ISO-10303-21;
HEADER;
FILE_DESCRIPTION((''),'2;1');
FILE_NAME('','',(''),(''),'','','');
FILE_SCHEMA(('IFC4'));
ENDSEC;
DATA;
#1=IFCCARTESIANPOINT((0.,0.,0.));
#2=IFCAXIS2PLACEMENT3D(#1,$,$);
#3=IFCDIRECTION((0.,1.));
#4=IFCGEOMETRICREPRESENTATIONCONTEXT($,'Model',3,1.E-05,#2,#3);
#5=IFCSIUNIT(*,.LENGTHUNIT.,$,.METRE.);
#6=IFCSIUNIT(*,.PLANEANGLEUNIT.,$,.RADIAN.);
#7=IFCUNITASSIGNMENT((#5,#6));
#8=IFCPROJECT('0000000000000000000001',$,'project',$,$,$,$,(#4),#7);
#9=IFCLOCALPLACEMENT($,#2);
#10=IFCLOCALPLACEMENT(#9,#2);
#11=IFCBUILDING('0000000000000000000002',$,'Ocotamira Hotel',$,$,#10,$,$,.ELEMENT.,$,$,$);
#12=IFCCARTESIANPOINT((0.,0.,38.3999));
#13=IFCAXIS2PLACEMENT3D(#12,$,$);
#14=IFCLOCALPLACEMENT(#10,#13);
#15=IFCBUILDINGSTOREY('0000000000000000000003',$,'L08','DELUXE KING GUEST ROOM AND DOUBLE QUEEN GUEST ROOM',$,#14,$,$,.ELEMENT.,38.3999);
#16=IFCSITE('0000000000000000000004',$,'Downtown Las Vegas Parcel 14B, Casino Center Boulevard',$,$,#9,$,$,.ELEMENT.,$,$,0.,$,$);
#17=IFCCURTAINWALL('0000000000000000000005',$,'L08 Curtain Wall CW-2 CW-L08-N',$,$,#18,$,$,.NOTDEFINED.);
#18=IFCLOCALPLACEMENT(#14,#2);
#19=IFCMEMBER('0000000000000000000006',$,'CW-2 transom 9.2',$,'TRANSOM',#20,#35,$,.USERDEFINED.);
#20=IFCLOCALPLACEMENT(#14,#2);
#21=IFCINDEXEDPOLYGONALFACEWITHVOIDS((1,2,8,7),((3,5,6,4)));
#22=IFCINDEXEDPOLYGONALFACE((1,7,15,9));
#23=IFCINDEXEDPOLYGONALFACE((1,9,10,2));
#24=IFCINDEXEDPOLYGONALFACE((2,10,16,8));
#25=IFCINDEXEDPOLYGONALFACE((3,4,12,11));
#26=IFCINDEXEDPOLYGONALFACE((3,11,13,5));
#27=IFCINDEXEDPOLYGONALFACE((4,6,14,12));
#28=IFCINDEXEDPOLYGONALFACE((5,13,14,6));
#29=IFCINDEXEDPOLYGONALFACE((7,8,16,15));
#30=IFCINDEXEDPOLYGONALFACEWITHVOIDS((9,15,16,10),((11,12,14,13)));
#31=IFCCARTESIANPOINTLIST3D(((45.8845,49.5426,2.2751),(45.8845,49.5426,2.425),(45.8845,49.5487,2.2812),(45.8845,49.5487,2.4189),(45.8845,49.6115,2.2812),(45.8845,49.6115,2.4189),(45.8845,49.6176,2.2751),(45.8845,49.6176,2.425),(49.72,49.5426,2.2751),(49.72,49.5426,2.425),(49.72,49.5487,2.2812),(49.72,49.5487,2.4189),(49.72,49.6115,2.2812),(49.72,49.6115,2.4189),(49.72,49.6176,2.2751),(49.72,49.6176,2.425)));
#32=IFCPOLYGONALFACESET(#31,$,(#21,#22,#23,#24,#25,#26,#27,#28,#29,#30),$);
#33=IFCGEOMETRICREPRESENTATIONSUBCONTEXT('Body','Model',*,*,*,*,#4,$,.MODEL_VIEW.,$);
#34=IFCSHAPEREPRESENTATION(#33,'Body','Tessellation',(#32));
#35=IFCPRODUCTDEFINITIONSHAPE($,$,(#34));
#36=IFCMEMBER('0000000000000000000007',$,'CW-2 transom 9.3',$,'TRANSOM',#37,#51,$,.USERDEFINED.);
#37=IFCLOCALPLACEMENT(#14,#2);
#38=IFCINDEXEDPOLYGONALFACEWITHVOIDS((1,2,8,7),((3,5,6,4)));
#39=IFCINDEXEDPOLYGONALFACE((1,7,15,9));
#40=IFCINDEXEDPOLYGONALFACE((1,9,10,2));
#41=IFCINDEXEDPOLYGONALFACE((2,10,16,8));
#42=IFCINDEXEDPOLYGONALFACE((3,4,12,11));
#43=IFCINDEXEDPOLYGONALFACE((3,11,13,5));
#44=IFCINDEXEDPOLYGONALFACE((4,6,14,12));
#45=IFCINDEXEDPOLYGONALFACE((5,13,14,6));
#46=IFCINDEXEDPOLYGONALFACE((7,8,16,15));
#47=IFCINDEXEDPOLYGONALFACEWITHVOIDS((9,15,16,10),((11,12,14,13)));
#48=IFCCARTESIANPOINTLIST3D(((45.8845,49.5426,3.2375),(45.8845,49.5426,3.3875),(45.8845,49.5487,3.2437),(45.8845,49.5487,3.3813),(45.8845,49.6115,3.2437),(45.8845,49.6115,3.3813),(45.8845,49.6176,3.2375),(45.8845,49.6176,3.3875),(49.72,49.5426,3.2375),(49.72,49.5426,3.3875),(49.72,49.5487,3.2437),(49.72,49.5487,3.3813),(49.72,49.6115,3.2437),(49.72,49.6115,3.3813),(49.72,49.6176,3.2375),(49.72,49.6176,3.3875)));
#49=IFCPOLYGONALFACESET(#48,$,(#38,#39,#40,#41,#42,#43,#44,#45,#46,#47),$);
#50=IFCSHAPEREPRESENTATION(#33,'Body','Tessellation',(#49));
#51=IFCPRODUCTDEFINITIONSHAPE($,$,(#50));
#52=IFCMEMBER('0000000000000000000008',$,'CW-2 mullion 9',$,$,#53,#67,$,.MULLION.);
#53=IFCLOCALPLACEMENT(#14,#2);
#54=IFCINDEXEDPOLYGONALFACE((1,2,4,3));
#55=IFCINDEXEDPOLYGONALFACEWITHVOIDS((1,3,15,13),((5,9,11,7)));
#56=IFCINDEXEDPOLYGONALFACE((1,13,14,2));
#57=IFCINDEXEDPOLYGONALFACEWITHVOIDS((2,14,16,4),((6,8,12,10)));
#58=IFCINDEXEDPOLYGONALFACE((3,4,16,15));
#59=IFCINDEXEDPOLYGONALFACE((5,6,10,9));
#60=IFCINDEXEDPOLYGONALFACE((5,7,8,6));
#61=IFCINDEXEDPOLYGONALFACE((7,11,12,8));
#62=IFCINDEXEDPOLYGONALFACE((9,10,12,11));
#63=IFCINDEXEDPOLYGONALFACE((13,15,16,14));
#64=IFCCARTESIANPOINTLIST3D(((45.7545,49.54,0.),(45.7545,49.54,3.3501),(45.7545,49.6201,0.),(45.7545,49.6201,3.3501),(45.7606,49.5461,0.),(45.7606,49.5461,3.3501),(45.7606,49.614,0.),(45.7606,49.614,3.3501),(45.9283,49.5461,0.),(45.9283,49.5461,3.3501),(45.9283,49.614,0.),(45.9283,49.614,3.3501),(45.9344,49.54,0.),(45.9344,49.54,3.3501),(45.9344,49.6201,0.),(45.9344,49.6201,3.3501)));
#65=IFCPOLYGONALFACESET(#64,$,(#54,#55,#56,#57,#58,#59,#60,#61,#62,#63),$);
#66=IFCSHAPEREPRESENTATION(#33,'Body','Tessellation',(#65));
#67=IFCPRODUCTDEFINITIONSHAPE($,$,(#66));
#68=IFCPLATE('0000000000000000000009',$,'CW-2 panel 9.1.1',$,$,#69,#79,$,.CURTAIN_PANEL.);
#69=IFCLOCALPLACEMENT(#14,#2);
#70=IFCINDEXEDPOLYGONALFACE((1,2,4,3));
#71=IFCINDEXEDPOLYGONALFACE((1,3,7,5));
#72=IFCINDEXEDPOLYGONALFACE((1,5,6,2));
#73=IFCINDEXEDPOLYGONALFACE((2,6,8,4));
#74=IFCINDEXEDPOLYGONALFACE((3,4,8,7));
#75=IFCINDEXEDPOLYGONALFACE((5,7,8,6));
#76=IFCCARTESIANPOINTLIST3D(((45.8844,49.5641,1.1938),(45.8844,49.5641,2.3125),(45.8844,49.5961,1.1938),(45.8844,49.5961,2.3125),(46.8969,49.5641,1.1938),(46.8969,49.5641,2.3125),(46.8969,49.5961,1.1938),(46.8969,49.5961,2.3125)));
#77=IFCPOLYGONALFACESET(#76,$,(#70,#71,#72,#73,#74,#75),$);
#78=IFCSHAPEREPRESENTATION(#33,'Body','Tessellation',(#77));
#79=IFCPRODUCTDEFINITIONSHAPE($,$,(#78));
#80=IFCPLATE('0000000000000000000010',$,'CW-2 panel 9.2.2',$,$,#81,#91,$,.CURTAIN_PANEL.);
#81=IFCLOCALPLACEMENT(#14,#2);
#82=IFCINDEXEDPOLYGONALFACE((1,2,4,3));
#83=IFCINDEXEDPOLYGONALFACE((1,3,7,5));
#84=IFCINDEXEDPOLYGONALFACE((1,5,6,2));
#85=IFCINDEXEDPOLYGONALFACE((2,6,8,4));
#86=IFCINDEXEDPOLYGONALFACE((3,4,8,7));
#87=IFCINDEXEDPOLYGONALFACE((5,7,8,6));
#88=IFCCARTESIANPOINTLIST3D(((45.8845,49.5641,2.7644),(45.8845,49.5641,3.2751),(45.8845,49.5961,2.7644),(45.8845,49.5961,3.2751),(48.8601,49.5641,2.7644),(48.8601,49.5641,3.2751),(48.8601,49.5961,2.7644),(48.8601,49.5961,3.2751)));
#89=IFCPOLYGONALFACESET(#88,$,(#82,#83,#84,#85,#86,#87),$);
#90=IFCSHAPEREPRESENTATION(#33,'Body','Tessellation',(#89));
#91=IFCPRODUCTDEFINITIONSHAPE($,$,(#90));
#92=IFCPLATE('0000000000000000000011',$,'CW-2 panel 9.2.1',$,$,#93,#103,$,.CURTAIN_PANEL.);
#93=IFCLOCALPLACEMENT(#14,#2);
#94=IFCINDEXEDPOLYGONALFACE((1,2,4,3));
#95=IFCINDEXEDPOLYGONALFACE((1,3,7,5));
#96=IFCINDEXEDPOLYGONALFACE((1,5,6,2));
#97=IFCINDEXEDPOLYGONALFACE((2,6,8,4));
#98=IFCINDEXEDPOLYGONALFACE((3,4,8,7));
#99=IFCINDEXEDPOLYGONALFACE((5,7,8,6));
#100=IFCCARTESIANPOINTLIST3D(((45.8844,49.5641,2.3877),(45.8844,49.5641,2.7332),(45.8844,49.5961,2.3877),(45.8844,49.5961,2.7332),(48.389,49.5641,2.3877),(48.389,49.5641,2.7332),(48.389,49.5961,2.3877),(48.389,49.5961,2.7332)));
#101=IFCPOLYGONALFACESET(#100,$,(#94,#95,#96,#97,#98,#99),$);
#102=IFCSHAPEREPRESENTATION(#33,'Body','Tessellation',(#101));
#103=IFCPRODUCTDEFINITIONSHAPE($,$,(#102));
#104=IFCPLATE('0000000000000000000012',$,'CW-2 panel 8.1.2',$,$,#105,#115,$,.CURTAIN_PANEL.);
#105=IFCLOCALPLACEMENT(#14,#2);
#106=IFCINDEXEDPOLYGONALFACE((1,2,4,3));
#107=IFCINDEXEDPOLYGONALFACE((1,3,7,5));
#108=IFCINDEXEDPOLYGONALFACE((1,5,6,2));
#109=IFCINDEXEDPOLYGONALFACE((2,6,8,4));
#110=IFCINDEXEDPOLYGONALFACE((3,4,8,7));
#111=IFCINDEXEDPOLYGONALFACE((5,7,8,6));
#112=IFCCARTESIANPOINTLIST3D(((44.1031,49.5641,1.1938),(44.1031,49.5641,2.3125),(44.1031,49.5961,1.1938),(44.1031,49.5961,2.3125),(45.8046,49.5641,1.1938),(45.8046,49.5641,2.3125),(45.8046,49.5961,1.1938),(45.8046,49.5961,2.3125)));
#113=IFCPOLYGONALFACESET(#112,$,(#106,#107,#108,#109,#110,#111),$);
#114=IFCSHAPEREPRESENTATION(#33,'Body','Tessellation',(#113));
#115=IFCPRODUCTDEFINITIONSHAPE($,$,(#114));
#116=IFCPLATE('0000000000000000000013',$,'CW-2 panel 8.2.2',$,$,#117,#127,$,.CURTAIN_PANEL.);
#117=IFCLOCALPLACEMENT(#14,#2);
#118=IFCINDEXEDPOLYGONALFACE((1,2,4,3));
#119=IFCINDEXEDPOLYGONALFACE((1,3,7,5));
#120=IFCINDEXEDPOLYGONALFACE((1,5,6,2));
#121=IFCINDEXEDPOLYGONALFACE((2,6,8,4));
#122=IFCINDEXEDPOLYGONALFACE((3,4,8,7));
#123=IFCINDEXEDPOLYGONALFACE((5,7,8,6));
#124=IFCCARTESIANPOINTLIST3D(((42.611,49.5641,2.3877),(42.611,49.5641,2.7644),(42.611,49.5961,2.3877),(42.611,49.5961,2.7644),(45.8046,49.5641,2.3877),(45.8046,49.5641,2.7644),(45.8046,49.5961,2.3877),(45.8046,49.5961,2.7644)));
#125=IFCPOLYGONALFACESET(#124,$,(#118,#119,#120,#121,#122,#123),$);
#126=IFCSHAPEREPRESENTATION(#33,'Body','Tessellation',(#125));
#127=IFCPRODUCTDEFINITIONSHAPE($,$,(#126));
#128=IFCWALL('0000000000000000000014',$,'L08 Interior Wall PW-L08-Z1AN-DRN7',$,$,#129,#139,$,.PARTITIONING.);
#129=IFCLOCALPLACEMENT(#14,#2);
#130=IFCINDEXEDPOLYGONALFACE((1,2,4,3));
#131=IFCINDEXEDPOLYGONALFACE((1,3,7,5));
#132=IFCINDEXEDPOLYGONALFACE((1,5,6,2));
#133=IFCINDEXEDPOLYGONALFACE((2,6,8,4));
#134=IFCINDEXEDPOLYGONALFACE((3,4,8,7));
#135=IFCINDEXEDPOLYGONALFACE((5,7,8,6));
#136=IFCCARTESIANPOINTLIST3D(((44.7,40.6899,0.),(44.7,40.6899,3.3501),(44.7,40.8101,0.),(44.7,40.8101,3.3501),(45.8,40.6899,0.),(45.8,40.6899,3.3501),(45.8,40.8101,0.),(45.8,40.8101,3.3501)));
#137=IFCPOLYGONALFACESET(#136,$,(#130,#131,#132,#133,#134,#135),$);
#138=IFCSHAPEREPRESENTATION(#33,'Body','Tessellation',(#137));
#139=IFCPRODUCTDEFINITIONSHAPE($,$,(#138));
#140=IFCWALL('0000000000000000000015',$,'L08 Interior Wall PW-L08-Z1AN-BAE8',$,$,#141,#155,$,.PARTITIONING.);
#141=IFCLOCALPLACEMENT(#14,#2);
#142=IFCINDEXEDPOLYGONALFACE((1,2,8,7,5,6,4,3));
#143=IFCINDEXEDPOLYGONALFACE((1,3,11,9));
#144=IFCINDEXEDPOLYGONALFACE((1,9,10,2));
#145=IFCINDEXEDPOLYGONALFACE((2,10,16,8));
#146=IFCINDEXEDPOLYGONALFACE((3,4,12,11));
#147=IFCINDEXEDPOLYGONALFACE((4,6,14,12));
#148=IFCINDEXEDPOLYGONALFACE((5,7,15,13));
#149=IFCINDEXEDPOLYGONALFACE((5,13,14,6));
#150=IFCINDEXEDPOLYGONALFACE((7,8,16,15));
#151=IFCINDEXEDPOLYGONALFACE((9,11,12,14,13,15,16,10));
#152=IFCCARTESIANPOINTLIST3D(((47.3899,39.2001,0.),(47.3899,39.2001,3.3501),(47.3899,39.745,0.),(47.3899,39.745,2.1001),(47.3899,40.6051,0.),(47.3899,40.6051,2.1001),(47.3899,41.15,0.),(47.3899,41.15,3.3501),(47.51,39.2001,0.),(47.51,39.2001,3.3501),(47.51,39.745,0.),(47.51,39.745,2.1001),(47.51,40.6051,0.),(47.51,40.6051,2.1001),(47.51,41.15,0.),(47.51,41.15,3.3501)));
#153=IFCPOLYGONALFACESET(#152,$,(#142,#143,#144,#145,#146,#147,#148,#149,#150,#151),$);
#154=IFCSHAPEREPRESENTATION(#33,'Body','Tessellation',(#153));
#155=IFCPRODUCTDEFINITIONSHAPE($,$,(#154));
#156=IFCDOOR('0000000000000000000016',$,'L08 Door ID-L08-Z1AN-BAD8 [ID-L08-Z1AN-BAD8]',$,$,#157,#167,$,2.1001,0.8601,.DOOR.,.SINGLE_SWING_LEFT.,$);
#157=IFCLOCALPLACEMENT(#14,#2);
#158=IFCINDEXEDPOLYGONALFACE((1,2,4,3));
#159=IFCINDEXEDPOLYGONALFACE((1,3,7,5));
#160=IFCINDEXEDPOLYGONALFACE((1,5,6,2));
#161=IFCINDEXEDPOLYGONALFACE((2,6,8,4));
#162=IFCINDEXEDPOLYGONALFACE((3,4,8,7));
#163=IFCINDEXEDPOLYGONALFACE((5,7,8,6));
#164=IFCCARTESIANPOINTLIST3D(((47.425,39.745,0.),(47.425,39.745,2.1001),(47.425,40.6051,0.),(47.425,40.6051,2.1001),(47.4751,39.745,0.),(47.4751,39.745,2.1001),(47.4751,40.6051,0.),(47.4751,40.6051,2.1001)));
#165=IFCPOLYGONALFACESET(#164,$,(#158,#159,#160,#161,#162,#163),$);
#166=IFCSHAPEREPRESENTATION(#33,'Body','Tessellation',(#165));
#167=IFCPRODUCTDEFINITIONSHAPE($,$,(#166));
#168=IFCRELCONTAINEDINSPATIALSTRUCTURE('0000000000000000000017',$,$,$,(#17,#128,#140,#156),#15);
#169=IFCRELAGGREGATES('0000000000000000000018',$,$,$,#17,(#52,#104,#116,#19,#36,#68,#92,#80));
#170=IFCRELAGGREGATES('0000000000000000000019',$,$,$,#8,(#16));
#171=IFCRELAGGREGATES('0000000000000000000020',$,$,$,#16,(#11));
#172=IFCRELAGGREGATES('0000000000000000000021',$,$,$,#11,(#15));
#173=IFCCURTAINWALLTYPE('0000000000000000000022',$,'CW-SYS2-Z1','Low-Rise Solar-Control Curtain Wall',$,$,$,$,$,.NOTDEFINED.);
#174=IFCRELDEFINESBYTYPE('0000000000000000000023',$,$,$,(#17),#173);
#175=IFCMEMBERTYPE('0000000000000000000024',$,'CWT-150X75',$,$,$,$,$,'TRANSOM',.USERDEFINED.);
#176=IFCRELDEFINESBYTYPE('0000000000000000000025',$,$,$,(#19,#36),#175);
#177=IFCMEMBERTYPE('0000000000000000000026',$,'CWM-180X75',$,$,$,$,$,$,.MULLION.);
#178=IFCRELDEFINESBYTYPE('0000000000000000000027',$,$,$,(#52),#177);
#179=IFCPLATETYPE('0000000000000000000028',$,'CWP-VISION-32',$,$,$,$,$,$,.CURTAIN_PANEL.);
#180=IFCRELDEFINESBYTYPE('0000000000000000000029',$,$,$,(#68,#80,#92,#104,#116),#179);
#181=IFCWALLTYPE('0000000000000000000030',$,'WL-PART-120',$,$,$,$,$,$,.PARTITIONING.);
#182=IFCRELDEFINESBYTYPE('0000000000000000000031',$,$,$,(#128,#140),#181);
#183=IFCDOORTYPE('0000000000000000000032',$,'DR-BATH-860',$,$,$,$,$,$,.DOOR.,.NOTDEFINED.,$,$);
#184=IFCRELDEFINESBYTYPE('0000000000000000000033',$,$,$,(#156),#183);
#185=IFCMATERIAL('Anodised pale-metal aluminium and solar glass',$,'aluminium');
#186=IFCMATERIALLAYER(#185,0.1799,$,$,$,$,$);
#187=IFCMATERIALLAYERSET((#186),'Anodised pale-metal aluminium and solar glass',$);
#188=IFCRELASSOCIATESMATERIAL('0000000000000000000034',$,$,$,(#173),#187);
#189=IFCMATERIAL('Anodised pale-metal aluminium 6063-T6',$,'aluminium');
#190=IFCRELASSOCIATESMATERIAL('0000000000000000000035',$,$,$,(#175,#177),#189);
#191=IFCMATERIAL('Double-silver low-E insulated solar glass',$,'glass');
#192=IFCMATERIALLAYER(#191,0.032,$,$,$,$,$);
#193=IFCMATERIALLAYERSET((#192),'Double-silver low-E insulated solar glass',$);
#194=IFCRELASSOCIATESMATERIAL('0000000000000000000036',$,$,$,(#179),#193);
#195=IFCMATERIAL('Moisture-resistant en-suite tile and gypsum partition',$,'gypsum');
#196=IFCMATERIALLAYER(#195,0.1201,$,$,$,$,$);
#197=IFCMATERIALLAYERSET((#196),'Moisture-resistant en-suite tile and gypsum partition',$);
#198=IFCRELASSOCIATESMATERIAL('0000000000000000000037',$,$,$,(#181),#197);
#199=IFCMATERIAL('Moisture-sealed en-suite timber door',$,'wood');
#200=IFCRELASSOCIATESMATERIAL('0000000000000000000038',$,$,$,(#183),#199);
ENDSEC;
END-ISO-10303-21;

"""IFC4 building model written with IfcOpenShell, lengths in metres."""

from ifc_helpers import new_model, si_unit, direction, frame, frame_2d, origin, origin_2d, place, context, subcontext, project, spatial, rectangle, hollow_rectangle, extrude, source, transform, mapped, material, layer, layer_set, material_profile, profile_set, type_object, element, fill, aggregate, save


model = new_model("IFC4")

# Units and contexts
model_context = context("Model", 3, precision=1e-05, world=origin(), true_north=direction((0.0, 1.0)))
body_context = subcontext(model_context, "Body", "Model", "MODEL_VIEW")
ifc_project = project(units=[si_unit("LENGTHUNIT", "METRE"), si_unit("PLANEANGLEUNIT", "RADIAN")], contexts=[model_context])

# Site, building, storey
site_placement = place(None, origin())
site = spatial("IfcSite", under=ifc_project, at=site_placement, Name="Downtown Las Vegas Parcel 14B, Casino Center Boulevard", CompositionType="ELEMENT", RefElevation=0.0)
building_placement = place(site_placement, origin())
building = spatial("IfcBuilding", under=site, at=building_placement, Name="Ocotamira Hotel", CompositionType="ELEMENT")
storey_placement = place(building_placement, frame((0.0, 0.0, 38.3999)))
storey = spatial("IfcBuildingStorey", under=building, at=storey_placement, Name="L08", Description="DELUXE KING GUEST ROOM AND DOUBLE QUEEN GUEST ROOM", CompositionType="ELEMENT", Elevation=38.3999)

# Curtain wall, members, plates
ifc_material_1 = material(Name="Anodised pale-metal aluminium and solar glass", Category="aluminium")
ifc_layer_1 = layer(ifc_material_1, 0.1799)
ifc_layer_set_1 = layer_set([ifc_layer_1], Name="Anodised pale-metal aluminium and solar glass")
curtain_wall_type = type_object("IfcCurtainWallType", Name="CW-SYS2-Z1", Description="Low-Rise Solar-Control Curtain Wall", PredefinedType="NOTDEFINED", material=ifc_layer_set_1)
curtain_wall_placement = place(storey_placement, origin())
curtain_wall = element("IfcCurtainWall", 1, at=curtain_wall_placement, inside=storey, type_object=curtain_wall_type, Name="L08 Curtain Wall CW-2 CW-L08-N", PredefinedType="NOTDEFINED")
ifc_material_2 = material(Name="Anodised pale-metal aluminium 6063-T6", Category="aluminium")
ifc_material_profile_1 = material_profile(ifc_material_2, hollow_rectangle(XDim=0.075, YDim=0.1499, WallThickness=0.0061, at=origin_2d()), Name="HSS150X75X6")
ifc_profile_set_1 = profile_set([ifc_material_profile_1], Name="Anodised pale-metal aluminium 6063-T6")
member_type_1 = type_object("IfcMemberType", Name="CWT-150X75", ElementType="TRANSOM", PredefinedType="USERDEFINED", material=ifc_profile_set_1)
shared_shape_1 = source(origin(), body_context, "Body", "SweptSolid", [
    extrude(hollow_rectangle(XDim=0.075, YDim=0.1499, WallThickness=0.0061, at=origin_2d()), origin(), (0.0, 0.0, 1.0), 3.8354),
])
member_1_placement = place(storey_placement, frame((45.8845, 49.5801, 2.3501), z_axis=(1.0, 0.0, 0.0), x_axis=(0.0, 1.0, 0.0)))
member_1 = element("IfcMember", 2, at=member_1_placement, type_object=member_type_1, Name="CW-2 transom 9.2", ObjectType="TRANSOM", PredefinedType="USERDEFINED", context=body_context, shape_type="MappedRepresentation", body=[
    mapped(shared_shape_1, transform((0.0, 0.0, 0.0), scale=1.0)),
])
member_2_placement = place(storey_placement, frame((45.8845, 49.5801, 3.3125), z_axis=(1.0, 0.0, 0.0), x_axis=(0.0, 1.0, 0.0)))
member_2 = element("IfcMember", 3, at=member_2_placement, type_object=member_type_1, Name="CW-2 transom 9.3", ObjectType="TRANSOM", PredefinedType="USERDEFINED", context=body_context, shape_type="MappedRepresentation", body=[
    mapped(shared_shape_1, transform((0.0, 0.0, 0.0), scale=1.0)),
])
ifc_material_profile_2 = material_profile(ifc_material_2, hollow_rectangle(XDim=0.0801, YDim=0.1799, WallThickness=0.0061, at=origin_2d()), Name="HSS180X80X6")
ifc_profile_set_2 = profile_set([ifc_material_profile_2], Name="Anodised pale-metal aluminium 6063-T6")
member_type_2 = type_object("IfcMemberType", Name="CWM-180X75", PredefinedType="MULLION", material=ifc_profile_set_2)
shared_shape_2 = source(origin(), body_context, "Body", "SweptSolid", [
    extrude(hollow_rectangle(XDim=0.0801, YDim=0.1799, WallThickness=0.0061, at=origin_2d()), origin(), (0.0, 0.0, 1.0), 3.3501),
])
member_3_placement = place(storey_placement, frame((45.8445, 49.5801, 0.0), z_axis=(0.0, 0.0, 1.0), x_axis=(0.0, 1.0, 0.0)))
member_3 = element("IfcMember", 4, at=member_3_placement, type_object=member_type_2, Name="CW-2 mullion 9", PredefinedType="MULLION", context=body_context, shape_type="MappedRepresentation", body=[
    mapped(shared_shape_2, transform((0.0, 0.0, 0.0), scale=1.0)),
])
ifc_material_3 = material(Name="Double-silver low-E insulated solar glass", Category="glass")
ifc_layer_2 = layer(ifc_material_3, 0.032)
ifc_layer_set_2 = layer_set([ifc_layer_2], Name="Double-silver low-E insulated solar glass")
plate_type = type_object("IfcPlateType", Name="CWP-VISION-32", PredefinedType="CURTAIN_PANEL", material=ifc_layer_set_2)
shared_shape_3 = source(origin(), body_context, "Body", "SweptSolid", [
    extrude(rectangle(XDim=1.0125, YDim=0.032, at=origin_2d()), origin(), (0.0, 0.0, 1.0), 1.1187),
])
plate_1_placement = place(storey_placement, frame((46.3906, 49.5801, 1.1938), z_axis=(0.0, 0.0, 1.0), x_axis=(1.0, 0.0, 0.0)))
plate_1 = element("IfcPlate", 5, at=plate_1_placement, type_object=plate_type, Name="CW-2 panel 9.1.1", PredefinedType="CURTAIN_PANEL", context=body_context, shape_type="MappedRepresentation", body=[
    mapped(shared_shape_3, transform((0.0, 0.0, 0.0), scale=1.0)),
])
shared_shape_4 = source(origin(), body_context, "Body", "SweptSolid", [
    extrude(rectangle(XDim=2.9756, YDim=0.032, at=origin_2d()), origin(), (0.0, 0.0, 1.0), 0.5107),
])
plate_2_placement = place(storey_placement, frame((47.3723, 49.5801, 2.7644), z_axis=(0.0, 0.0, 1.0), x_axis=(1.0, 0.0, 0.0)))
plate_2 = element("IfcPlate", 6, at=plate_2_placement, type_object=plate_type, Name="CW-2 panel 9.2.2", PredefinedType="CURTAIN_PANEL", context=body_context, shape_type="MappedRepresentation", body=[
    mapped(shared_shape_4, transform((0.0, 0.0, 0.0), scale=1.0)),
])
shared_shape_5 = source(origin(), body_context, "Body", "SweptSolid", [
    extrude(rectangle(XDim=2.5046, YDim=0.032, at=origin_2d()), origin(), (0.0, 0.0, 1.0), 0.3455),
])
plate_3_placement = place(storey_placement, frame((47.1367, 49.5801, 2.3877), z_axis=(0.0, 0.0, 1.0), x_axis=(1.0, 0.0, 0.0)))
plate_3 = element("IfcPlate", 7, at=plate_3_placement, type_object=plate_type, Name="CW-2 panel 9.2.1", PredefinedType="CURTAIN_PANEL", context=body_context, shape_type="MappedRepresentation", body=[
    mapped(shared_shape_5, transform((0.0, 0.0, 0.0), scale=1.0)),
])
shared_shape_6 = source(origin(), body_context, "Body", "SweptSolid", [
    extrude(rectangle(XDim=1.7014, YDim=0.032, at=origin_2d()), origin(), (0.0, 0.0, 1.0), 1.1187),
])
plate_4_placement = place(storey_placement, frame((44.9539, 49.5801, 1.1938), z_axis=(0.0, 0.0, 1.0), x_axis=(1.0, 0.0, 0.0)))
plate_4 = element("IfcPlate", 8, at=plate_4_placement, type_object=plate_type, Name="CW-2 panel 8.1.2", PredefinedType="CURTAIN_PANEL", context=body_context, shape_type="MappedRepresentation", body=[
    mapped(shared_shape_6, transform((0.0, 0.0, 0.0), scale=1.0)),
])
shared_shape_7 = source(origin(), body_context, "Body", "SweptSolid", [
    extrude(rectangle(XDim=3.1936, YDim=0.032, at=origin_2d()), origin(), (0.0, 0.0, 1.0), 0.3767),
])
plate_5_placement = place(storey_placement, frame((44.2078, 49.5801, 2.3877), z_axis=(0.0, 0.0, 1.0), x_axis=(1.0, 0.0, 0.0)))
plate_5 = element("IfcPlate", 9, at=plate_5_placement, type_object=plate_type, Name="CW-2 panel 8.2.2", PredefinedType="CURTAIN_PANEL", context=body_context, shape_type="MappedRepresentation", body=[
    mapped(shared_shape_7, transform((0.0, 0.0, 0.0), scale=1.0)),
])
aggregate(curtain_wall, [member_3, plate_4, plate_5, member_1, member_2, plate_1, plate_3, plate_2])

# Wall
ifc_material_4 = material(Name="Moisture-resistant en-suite tile and gypsum partition", Category="gypsum")
ifc_layer_3 = layer(ifc_material_4, 0.1201)
ifc_layer_set_3 = layer_set([ifc_layer_3], Name="Moisture-resistant en-suite tile and gypsum partition")
wall_type_1 = type_object("IfcWallType", Name="WL-PART-120", PredefinedType="PARTITIONING", material=ifc_layer_set_3)
wall_1_placement = place(storey_placement, frame((44.7, 40.75, 0.0), z_axis=(0.0, 0.0, 1.0), x_axis=(1.0, 0.0, 0.0)))
element("IfcWall", 10, at=wall_1_placement, inside=storey, type_object=wall_type_1, Name="L08 Interior Wall PW-L08-Z1AN-DRN7", PredefinedType="PARTITIONING", context=body_context, shape_type="SweptSolid", body=[
    extrude(rectangle(XDim=1.1001, YDim=0.1201, at=frame_2d((0.55, 0.0))), origin(), (0.0, 0.0, 1.0), 3.3501),
])

# Wall, opening, door
wall_2_placement = place(storey_placement, frame((47.45, 39.2, 0.0), z_axis=(0.0, 0.0, 1.0), x_axis=(0.0, 1.0, 0.0)))
wall_2 = element("IfcWall", 11, at=wall_2_placement, inside=storey, type_object=wall_type_1, Name="L08 Interior Wall PW-L08-Z1AN-BAE8", PredefinedType="PARTITIONING", context=body_context, shape_type="SweptSolid", body=[
    extrude(rectangle(XDim=1.95, YDim=0.1201, at=frame_2d((0.9751, 0.0))), origin(), (0.0, 0.0, 1.0), 3.3501),
])
opening_placement = place(wall_2_placement, frame((0.5449, 0.0, 0.0)))
opening = element("IfcOpeningElement", 12, at=opening_placement, cuts=wall_2, PredefinedType="OPENING", context=body_context, shape_type="SweptSolid", body=[
    extrude(rectangle(XDim=0.8601, YDim=2.1001, at=frame_2d((0.4302, 1.05))), frame((0.0, 0.0701, 0.0), z_axis=(0.0, -1.0, 0.0), x_axis=(1.0, 0.0, 0.0)), (0.0, 0.0, 1.0), 0.1401),
])
ifc_material_5 = material(Name="Moisture-sealed en-suite timber door", Category="wood")
door_type = type_object("IfcDoorType", Name="DR-BATH-860", OperationType="NOTDEFINED", PredefinedType="DOOR", material=ifc_material_5)
shared_shape_8 = source(origin(), body_context, "Body", "SweptSolid", [
    extrude(rectangle(XDim=0.8601, YDim=2.1001, at=frame_2d((0.4302, 1.05))), frame((0.0, 0.0249, 0.0), z_axis=(0.0, -1.0, 0.0), x_axis=(1.0, 0.0, 0.0)), (0.0, 0.0, 1.0), 0.05),
])
door_placement = place(opening_placement, origin())
door = element("IfcDoor", 13, at=door_placement, inside=storey, type_object=door_type, Name="L08 Door ID-L08-Z1AN-BAD8 [ID-L08-Z1AN-BAD8]", OperationType="SINGLE_SWING_LEFT", OverallHeight=2.1001, OverallWidth=0.8601, PredefinedType="DOOR", context=body_context, shape_type="MappedRepresentation", body=[
    mapped(shared_shape_8, transform((0.0, 0.0, 0.0), scale=1.0)),
])
fill(opening, door)

save(model, "model.ifc")
